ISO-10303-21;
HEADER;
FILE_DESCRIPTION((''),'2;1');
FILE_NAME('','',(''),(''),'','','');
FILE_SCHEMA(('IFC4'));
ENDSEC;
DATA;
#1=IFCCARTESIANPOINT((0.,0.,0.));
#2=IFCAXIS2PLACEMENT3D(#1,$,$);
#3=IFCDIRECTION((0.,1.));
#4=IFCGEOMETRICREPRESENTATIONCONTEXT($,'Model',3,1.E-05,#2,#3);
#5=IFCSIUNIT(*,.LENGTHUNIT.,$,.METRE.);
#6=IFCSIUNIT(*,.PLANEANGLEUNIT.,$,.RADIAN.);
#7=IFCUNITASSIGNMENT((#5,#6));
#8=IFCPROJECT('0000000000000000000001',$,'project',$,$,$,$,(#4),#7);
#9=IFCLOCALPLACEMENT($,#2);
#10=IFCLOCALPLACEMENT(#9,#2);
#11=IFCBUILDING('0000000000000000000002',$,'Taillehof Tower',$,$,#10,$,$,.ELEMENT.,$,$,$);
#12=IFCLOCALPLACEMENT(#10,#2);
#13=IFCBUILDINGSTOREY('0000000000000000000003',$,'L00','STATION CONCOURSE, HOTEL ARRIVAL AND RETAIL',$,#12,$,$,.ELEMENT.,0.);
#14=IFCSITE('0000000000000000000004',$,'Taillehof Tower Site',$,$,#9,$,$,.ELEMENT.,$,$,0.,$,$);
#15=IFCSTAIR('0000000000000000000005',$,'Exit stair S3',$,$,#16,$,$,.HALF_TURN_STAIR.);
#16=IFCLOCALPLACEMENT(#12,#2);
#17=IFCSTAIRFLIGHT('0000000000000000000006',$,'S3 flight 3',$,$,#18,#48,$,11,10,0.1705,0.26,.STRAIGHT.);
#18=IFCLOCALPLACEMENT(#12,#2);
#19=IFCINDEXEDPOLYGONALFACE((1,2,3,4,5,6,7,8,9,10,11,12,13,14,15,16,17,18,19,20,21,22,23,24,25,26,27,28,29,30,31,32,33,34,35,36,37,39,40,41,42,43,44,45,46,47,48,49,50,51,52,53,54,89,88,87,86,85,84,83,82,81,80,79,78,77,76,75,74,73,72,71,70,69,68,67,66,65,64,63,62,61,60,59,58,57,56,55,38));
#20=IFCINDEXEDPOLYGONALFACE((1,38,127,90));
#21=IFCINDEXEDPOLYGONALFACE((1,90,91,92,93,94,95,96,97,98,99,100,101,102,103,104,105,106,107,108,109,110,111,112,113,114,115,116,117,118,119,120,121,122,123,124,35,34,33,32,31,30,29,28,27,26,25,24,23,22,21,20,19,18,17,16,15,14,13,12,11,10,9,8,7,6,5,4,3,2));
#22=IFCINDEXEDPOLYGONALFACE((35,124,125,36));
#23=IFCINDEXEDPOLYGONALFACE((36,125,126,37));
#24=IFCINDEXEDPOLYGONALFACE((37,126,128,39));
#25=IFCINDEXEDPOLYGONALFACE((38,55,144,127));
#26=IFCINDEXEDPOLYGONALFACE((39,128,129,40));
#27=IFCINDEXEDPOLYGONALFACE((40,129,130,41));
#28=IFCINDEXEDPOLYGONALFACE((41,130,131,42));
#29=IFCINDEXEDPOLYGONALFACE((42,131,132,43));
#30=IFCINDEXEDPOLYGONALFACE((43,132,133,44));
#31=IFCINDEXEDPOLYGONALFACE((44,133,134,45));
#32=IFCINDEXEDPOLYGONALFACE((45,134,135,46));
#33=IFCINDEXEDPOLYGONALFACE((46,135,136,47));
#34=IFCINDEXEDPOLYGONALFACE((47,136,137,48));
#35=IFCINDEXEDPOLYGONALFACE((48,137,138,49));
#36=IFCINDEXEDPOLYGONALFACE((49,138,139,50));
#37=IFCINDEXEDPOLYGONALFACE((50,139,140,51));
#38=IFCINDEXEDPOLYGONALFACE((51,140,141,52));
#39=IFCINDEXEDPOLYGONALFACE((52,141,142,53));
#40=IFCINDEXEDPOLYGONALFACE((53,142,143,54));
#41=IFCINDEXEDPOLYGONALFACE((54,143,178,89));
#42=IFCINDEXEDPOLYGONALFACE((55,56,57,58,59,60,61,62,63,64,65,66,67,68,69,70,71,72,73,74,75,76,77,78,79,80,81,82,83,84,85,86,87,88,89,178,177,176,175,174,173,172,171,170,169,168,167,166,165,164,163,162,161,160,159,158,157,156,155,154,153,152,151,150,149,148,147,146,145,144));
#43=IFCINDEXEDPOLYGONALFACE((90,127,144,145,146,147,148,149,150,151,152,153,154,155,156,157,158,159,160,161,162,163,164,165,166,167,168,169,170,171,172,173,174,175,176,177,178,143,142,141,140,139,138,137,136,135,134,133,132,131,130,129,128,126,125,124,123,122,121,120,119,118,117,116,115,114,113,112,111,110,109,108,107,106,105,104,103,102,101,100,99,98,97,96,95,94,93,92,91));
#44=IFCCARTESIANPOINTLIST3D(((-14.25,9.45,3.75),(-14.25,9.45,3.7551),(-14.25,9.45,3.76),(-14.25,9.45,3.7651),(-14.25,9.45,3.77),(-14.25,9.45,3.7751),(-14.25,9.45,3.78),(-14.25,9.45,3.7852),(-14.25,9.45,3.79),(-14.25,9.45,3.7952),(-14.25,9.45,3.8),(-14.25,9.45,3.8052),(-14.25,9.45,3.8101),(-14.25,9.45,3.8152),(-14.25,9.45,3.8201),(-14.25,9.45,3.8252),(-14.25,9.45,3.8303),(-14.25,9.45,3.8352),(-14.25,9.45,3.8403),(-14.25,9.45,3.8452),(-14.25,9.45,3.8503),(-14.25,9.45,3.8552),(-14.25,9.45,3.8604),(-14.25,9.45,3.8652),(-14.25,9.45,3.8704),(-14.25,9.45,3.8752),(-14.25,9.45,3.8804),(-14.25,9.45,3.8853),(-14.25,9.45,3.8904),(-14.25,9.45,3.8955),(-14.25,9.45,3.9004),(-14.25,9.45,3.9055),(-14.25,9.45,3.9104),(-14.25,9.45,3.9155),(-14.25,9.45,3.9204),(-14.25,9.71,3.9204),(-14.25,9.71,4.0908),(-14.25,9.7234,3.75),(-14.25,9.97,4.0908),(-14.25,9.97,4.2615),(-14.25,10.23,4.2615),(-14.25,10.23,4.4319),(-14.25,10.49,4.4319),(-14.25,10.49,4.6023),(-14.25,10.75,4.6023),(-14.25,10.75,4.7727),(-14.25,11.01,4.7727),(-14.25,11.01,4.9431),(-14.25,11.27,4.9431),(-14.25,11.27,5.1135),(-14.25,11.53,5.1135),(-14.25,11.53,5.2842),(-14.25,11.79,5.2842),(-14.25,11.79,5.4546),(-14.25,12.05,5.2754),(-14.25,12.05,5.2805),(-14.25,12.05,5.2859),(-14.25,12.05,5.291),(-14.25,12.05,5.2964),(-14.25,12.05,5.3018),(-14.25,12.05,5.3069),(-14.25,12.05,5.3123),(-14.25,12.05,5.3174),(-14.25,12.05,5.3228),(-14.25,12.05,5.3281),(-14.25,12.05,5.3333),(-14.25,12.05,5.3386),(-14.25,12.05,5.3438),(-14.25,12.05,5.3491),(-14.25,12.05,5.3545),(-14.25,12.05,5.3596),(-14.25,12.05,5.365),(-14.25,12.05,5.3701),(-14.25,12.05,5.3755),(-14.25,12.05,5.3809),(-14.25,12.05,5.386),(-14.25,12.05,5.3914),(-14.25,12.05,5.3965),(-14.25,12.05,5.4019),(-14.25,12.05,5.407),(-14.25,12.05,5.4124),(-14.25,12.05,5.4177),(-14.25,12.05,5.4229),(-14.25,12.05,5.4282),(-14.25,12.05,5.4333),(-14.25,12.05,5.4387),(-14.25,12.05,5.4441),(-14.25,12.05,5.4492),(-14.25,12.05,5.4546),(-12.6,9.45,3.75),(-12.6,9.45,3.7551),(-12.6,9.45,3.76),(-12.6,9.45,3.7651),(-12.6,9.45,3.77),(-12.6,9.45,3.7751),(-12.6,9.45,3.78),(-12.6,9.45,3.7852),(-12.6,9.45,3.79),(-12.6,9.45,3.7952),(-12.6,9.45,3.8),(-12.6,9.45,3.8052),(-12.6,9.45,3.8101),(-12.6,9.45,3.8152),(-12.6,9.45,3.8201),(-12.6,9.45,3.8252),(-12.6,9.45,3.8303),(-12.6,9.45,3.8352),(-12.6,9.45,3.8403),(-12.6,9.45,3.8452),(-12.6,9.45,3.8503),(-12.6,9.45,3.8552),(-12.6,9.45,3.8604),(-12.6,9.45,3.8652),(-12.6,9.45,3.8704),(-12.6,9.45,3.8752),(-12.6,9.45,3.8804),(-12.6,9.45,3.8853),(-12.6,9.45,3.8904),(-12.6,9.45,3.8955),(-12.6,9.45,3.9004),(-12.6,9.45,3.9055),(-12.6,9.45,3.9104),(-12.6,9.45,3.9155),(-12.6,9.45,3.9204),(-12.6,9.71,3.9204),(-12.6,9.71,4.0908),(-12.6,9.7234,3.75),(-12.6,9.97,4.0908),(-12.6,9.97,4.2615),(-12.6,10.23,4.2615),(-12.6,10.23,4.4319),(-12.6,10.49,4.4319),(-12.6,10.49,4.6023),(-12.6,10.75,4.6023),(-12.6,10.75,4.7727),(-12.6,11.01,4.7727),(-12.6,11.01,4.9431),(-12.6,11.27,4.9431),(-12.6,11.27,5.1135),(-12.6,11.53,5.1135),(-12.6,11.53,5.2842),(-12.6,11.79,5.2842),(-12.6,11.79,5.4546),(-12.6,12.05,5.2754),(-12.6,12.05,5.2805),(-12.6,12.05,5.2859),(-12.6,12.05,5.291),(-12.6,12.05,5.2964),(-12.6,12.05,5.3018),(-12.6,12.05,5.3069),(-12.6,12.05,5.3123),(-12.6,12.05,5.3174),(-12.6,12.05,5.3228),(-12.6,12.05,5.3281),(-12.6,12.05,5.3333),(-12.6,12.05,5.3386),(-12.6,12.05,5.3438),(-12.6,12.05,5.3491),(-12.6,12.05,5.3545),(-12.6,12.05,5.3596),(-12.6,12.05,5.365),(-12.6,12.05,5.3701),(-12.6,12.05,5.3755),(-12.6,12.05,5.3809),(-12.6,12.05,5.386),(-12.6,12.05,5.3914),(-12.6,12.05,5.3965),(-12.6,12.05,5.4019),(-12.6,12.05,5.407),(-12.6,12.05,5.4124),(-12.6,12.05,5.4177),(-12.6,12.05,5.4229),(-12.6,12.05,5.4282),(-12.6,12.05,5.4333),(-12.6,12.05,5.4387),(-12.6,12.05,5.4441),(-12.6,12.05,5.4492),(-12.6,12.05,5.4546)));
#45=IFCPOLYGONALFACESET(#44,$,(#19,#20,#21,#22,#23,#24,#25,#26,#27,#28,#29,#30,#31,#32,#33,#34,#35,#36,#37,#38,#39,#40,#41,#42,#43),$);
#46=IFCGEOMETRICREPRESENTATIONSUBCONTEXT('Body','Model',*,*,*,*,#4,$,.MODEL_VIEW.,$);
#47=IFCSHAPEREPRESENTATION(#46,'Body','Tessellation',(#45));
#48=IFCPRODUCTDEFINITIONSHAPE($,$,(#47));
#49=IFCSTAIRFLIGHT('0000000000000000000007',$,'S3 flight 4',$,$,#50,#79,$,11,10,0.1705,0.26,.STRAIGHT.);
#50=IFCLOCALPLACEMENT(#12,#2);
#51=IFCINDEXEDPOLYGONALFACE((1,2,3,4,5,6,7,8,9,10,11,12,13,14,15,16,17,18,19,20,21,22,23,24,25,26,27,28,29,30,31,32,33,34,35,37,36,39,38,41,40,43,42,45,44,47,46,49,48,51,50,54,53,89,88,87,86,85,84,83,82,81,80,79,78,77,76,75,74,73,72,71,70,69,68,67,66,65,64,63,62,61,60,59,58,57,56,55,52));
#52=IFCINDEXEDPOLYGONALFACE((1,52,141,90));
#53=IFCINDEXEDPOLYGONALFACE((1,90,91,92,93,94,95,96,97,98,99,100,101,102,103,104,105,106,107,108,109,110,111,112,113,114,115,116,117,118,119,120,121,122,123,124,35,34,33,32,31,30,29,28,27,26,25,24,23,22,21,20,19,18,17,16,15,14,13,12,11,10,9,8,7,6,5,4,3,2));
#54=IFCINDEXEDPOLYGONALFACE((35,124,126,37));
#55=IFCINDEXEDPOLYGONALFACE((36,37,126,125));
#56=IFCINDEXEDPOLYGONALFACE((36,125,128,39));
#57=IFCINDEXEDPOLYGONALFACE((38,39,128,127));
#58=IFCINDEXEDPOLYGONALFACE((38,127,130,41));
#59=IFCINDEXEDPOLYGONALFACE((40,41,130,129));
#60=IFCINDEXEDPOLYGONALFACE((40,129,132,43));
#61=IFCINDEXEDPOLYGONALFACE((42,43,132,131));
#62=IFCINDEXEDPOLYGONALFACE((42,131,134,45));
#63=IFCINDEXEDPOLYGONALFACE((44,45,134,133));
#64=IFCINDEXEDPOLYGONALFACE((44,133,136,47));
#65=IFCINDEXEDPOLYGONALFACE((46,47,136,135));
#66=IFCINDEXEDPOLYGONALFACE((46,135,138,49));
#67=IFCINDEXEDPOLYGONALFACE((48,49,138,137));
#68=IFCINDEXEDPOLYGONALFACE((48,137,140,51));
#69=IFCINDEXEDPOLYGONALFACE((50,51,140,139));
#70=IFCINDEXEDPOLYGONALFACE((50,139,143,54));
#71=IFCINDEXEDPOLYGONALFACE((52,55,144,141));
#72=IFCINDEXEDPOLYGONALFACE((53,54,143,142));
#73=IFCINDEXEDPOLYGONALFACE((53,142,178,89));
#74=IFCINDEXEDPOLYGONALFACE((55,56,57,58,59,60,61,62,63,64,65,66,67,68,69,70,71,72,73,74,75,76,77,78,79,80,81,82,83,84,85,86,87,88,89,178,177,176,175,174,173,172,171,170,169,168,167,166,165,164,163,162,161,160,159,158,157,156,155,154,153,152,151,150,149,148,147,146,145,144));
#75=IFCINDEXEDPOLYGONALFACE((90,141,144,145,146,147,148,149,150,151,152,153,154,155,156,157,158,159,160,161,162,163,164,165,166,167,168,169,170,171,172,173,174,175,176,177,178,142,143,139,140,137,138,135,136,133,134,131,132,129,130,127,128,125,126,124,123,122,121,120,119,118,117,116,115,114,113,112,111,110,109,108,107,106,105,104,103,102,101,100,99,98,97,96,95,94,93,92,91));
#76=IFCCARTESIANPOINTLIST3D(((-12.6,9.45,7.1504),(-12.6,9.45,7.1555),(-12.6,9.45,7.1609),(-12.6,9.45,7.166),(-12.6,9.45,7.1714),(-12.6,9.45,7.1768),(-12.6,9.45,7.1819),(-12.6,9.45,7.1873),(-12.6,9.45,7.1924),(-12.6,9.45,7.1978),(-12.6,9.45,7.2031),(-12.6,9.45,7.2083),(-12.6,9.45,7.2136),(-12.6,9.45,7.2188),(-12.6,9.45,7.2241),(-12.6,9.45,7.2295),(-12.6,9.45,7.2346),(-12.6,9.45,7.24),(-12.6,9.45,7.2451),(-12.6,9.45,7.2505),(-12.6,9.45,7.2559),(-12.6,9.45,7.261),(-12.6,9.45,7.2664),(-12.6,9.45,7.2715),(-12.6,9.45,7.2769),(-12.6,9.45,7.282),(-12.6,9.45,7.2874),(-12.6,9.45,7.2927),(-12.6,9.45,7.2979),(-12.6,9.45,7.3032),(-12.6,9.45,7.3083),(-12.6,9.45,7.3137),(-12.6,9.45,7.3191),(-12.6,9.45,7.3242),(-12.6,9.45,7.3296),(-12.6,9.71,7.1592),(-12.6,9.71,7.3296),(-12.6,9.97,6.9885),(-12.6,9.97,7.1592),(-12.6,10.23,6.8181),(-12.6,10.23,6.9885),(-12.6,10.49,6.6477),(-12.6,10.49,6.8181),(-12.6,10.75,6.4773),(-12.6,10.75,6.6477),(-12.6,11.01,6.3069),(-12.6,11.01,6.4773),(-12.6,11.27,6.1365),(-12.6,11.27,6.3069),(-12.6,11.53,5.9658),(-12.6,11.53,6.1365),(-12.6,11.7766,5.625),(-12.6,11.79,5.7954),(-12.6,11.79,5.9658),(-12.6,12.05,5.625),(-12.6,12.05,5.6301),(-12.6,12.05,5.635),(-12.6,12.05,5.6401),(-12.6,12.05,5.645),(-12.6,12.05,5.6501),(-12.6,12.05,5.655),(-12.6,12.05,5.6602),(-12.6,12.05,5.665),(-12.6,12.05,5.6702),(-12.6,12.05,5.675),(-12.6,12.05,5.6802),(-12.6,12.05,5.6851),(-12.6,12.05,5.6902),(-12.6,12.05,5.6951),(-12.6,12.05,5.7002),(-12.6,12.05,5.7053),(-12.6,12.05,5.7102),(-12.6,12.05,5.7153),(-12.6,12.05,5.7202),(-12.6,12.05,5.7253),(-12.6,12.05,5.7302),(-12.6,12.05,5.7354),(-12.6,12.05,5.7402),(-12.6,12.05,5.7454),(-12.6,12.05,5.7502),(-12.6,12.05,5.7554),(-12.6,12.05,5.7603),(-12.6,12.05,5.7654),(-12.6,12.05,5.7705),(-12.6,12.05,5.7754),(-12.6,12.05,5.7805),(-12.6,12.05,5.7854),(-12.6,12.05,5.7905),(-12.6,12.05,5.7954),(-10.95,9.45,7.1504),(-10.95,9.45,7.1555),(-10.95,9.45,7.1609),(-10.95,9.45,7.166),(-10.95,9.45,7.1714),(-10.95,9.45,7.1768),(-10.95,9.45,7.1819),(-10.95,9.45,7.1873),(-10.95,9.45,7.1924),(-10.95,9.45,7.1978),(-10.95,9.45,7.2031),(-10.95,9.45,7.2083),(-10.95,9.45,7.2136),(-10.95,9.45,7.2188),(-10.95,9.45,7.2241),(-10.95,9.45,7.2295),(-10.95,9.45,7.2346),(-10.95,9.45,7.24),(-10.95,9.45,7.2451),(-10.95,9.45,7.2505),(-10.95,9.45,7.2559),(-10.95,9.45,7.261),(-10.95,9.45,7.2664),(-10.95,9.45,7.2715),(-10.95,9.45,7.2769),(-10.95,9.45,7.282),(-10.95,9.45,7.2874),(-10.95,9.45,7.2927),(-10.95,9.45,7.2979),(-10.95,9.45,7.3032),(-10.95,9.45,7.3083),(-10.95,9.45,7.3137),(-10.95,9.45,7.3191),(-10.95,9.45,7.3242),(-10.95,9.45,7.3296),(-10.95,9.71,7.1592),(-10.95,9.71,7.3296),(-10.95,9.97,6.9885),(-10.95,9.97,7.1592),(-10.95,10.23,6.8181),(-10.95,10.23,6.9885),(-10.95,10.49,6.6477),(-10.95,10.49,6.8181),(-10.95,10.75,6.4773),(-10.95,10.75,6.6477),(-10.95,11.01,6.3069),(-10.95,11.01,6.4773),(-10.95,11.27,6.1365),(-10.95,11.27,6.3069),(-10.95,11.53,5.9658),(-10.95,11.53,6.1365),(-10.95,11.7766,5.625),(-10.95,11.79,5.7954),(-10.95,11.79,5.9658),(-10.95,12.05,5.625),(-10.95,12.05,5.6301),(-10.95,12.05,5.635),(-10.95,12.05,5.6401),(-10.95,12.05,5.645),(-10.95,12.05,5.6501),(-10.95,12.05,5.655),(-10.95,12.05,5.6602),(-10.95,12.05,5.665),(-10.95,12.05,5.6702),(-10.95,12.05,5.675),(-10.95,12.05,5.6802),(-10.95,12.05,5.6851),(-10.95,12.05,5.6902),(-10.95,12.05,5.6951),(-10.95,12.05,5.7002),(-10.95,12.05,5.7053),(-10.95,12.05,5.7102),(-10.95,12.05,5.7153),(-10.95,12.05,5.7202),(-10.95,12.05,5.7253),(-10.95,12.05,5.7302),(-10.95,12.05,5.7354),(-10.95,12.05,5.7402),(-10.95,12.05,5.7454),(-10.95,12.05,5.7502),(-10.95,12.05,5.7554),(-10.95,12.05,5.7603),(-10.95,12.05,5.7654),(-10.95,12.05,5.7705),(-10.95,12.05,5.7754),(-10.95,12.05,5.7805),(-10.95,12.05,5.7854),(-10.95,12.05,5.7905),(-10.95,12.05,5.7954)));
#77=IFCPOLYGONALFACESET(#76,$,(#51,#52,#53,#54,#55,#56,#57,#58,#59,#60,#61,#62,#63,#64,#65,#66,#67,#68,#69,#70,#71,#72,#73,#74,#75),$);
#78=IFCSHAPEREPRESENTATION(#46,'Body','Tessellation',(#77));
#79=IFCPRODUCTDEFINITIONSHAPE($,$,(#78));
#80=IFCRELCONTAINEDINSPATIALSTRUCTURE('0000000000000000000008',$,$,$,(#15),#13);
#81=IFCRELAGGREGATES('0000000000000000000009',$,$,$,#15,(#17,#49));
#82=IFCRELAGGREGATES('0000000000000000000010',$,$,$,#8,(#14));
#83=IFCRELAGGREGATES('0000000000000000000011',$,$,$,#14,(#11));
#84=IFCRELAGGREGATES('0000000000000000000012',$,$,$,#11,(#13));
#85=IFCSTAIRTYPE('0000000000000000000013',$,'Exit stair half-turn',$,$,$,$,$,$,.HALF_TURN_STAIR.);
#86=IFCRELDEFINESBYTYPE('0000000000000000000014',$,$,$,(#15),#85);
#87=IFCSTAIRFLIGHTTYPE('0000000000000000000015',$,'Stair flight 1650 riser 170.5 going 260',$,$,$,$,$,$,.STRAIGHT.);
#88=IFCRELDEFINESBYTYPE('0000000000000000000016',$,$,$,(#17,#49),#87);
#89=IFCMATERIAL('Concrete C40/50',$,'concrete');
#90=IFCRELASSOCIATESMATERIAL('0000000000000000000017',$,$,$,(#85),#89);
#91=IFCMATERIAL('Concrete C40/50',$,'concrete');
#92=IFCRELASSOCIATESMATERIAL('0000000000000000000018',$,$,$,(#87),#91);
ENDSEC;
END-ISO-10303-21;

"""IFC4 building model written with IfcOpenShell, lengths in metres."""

from ifc_helpers import new_model, si_unit, direction, frame, origin, place, context, subcontext, project, spatial, polyline, outline, extrude, material, type_object, element, aggregate, save


model = new_model("IFC4")

# Units and contexts
model_context = context("Model", 3, precision=1e-05, world=origin(), true_north=direction((0.0, 1.0)))
body_context = subcontext(model_context, "Body", "Model", "MODEL_VIEW")
ifc_project = project(units=[si_unit("LENGTHUNIT", "METRE"), si_unit("PLANEANGLEUNIT", "RADIAN")], contexts=[model_context])

# Site, building, storey
site_placement = place(None, origin())
site = spatial("IfcSite", under=ifc_project, at=site_placement, Name="Taillehof Tower Site", CompositionType="ELEMENT", RefElevation=0.0)
building_placement = place(site_placement, origin())
building = spatial("IfcBuilding", under=site, at=building_placement, Name="Taillehof Tower", CompositionType="ELEMENT")
storey_placement = place(building_placement, origin())
storey = spatial("IfcBuildingStorey", under=building, at=storey_placement, Name="L00", Description="STATION CONCOURSE, HOTEL ARRIVAL AND RETAIL", CompositionType="ELEMENT", Elevation=0.0)

# Stair, stair flights
ifc_material_1 = material(Name="Concrete C40/50", Category="concrete")
stair_type = type_object("IfcStairType", Name="Exit stair half-turn", PredefinedType="HALF_TURN_STAIR", material=ifc_material_1)
stair_placement = place(storey_placement, origin())
stair = element("IfcStair", 1, at=stair_placement, inside=storey, type_object=stair_type, Name="Exit stair S3", PredefinedType="HALF_TURN_STAIR")
ifc_material_2 = material(Name="Concrete C40/50", Category="concrete")
stair_flight_type = type_object("IfcStairFlightType", Name="Stair flight 1650 riser 170.5 going 260", PredefinedType="STRAIGHT", material=ifc_material_2)
stair_flight_1_placement = place(storey_placement, frame((-13.425, 9.45, 3.75), z_axis=(0.0, 0.0, 1.0), x_axis=(0.0, 1.0, 0.0)))
stair_flight_1 = element("IfcStairFlight", 2, at=stair_flight_1_placement, type_object=stair_flight_type, Name="S3 flight 3", NumberOfRisers=11, NumberOfTreads=10, PredefinedType="STRAIGHT", RiserHeight=0.1705, TreadLength=0.26, context=body_context, shape_type="SweptSolid", body=[
    extrude(outline(polyline([(0.0, 0.0), (0.0, 0.0051), (0.0, 0.01), (0.0, 0.0151), (0.0, 0.02), (0.0, 0.0251), (0.0, 0.03), (0.0, 0.0352), (0.0, 0.04), (0.0, 0.0452), (0.0, 0.05), (0.0, 0.0552), (0.0, 0.0601), (0.0, 0.0652), (0.0, 0.0701), (0.0, 0.0752), (0.0, 0.0803), (0.0, 0.0852), (0.0, 0.0903), (0.0, 0.0952), (0.0, 0.1003), (0.0, 0.1052), (0.0, 0.1104), (0.0, 0.1152), (0.0, 0.1204), (0.0, 0.1252), (0.0, 0.1304), (0.0, 0.1353), (0.0, 0.1404), (0.0, 0.1455), (0.0, 0.1504), (0.0, 0.1555), (0.0, 0.1604), (0.0, 0.1655), (0.0, 0.1704), (0.26, 0.1704), (0.26, 0.3408), (0.52, 0.3408), (0.52, 0.5115), (0.78, 0.5115), (0.78, 0.6819), (1.04, 0.6819), (1.04, 0.8523), (1.3, 0.8523), (1.3, 1.0227), (1.5601, 1.0227), (1.5601, 1.1931), (1.8201, 1.1931), (1.8201, 1.3635), (2.0801, 1.3635), (2.0801, 1.5342), (2.3401, 1.5342), (2.3401, 1.7046), (2.6001, 1.7046), (2.6001, 1.6992), (2.6001, 1.6941), (2.6001, 1.6887), (2.6001, 1.6833), (2.6001, 1.6782), (2.6001, 1.6729), (2.6001, 1.6677), (2.6001, 1.6624), (2.6001, 1.657), (2.6001, 1.6519), (2.6001, 1.6465), (2.6001, 1.6414), (2.6001, 1.636), (2.6001, 1.6309), (2.6001, 1.6255), (2.6001, 1.6201), (2.6001, 1.615), (2.6001, 1.6096), (2.6001, 1.6045), (2.6001, 1.5991), (2.6001, 1.5938), (2.6001, 1.5886), (2.6001, 1.5833), (2.6001, 1.5781), (2.6001, 1.5728), (2.6001, 1.5674), (2.6001, 1.5623), (2.6001, 1.5569), (2.6001, 1.5518), (2.6001, 1.5464), (2.6001, 1.541), (2.6001, 1.5359), (2.6001, 1.5305), (2.6001, 1.5254), (0.2734, 0.0), (0.0, 0.0)])), frame((0.0, 0.825, 0.0), z_axis=(0.0, -1.0, 0.0), x_axis=(1.0, 0.0, 0.0)), (0.0, 0.0, 1.0), 1.65),
])
stair_flight_2_placement = place(storey_placement, frame((-11.7749, 12.05, 5.625), z_axis=(0.0, 0.0, 1.0), x_axis=(0.0, -1.0, 0.0)))
stair_flight_2 = element("IfcStairFlight", 3, at=stair_flight_2_placement, type_object=stair_flight_type, Name="S3 flight 4", NumberOfRisers=11, NumberOfTreads=10, PredefinedType="STRAIGHT", RiserHeight=0.1705, TreadLength=0.26, context=body_context, shape_type="SweptSolid", body=[
    extrude(outline(polyline([(0.0, 0.0), (0.0, 0.0051), (0.0, 0.01), (0.0, 0.0151), (0.0, 0.02), (0.0, 0.0251), (0.0, 0.03), (0.0, 0.0352), (0.0, 0.04), (0.0, 0.0452), (0.0, 0.05), (0.0, 0.0552), (0.0, 0.0601), (0.0, 0.0652), (0.0, 0.0701), (0.0, 0.0752), (0.0, 0.0803), (0.0, 0.0852), (0.0, 0.0903), (0.0, 0.0952), (0.0, 0.1003), (0.0, 0.1052), (0.0, 0.1104), (0.0, 0.1152), (0.0, 0.1204), (0.0, 0.1252), (0.0, 0.1304), (0.0, 0.1353), (0.0, 0.1404), (0.0, 0.1455), (0.0, 0.1504), (0.0, 0.1555), (0.0, 0.1604), (0.0, 0.1655), (0.0, 0.1704), (0.26, 0.1704), (0.26, 0.3408), (0.52, 0.3408), (0.52, 0.5115), (0.78, 0.5115), (0.78, 0.6819), (1.04, 0.6819), (1.04, 0.8523), (1.3, 0.8523), (1.3, 1.0227), (1.5601, 1.0227), (1.5601, 1.1931), (1.8201, 1.1931), (1.8201, 1.3635), (2.0801, 1.3635), (2.0801, 1.5342), (2.3401, 1.5342), (2.3401, 1.7046), (2.6001, 1.7046), (2.6001, 1.6992), (2.6001, 1.6941), (2.6001, 1.6887), (2.6001, 1.6833), (2.6001, 1.6782), (2.6001, 1.6729), (2.6001, 1.6677), (2.6001, 1.6624), (2.6001, 1.657), (2.6001, 1.6519), (2.6001, 1.6465), (2.6001, 1.6414), (2.6001, 1.636), (2.6001, 1.6309), (2.6001, 1.6255), (2.6001, 1.6201), (2.6001, 1.615), (2.6001, 1.6096), (2.6001, 1.6045), (2.6001, 1.5991), (2.6001, 1.5938), (2.6001, 1.5886), (2.6001, 1.5833), (2.6001, 1.5781), (2.6001, 1.5728), (2.6001, 1.5674), (2.6001, 1.5623), (2.6001, 1.5569), (2.6001, 1.5518), (2.6001, 1.5464), (2.6001, 1.541), (2.6001, 1.5359), (2.6001, 1.5305), (2.6001, 1.5254), (0.2734, 0.0), (0.0, 0.0)])), frame((0.0, 0.825, 0.0), z_axis=(0.0, -1.0, 0.0), x_axis=(1.0, 0.0, 0.0)), (0.0, 0.0, 1.0), 1.65),
])
aggregate(stair, [stair_flight_1, stair_flight_2])

save(model, "model.ifc")
